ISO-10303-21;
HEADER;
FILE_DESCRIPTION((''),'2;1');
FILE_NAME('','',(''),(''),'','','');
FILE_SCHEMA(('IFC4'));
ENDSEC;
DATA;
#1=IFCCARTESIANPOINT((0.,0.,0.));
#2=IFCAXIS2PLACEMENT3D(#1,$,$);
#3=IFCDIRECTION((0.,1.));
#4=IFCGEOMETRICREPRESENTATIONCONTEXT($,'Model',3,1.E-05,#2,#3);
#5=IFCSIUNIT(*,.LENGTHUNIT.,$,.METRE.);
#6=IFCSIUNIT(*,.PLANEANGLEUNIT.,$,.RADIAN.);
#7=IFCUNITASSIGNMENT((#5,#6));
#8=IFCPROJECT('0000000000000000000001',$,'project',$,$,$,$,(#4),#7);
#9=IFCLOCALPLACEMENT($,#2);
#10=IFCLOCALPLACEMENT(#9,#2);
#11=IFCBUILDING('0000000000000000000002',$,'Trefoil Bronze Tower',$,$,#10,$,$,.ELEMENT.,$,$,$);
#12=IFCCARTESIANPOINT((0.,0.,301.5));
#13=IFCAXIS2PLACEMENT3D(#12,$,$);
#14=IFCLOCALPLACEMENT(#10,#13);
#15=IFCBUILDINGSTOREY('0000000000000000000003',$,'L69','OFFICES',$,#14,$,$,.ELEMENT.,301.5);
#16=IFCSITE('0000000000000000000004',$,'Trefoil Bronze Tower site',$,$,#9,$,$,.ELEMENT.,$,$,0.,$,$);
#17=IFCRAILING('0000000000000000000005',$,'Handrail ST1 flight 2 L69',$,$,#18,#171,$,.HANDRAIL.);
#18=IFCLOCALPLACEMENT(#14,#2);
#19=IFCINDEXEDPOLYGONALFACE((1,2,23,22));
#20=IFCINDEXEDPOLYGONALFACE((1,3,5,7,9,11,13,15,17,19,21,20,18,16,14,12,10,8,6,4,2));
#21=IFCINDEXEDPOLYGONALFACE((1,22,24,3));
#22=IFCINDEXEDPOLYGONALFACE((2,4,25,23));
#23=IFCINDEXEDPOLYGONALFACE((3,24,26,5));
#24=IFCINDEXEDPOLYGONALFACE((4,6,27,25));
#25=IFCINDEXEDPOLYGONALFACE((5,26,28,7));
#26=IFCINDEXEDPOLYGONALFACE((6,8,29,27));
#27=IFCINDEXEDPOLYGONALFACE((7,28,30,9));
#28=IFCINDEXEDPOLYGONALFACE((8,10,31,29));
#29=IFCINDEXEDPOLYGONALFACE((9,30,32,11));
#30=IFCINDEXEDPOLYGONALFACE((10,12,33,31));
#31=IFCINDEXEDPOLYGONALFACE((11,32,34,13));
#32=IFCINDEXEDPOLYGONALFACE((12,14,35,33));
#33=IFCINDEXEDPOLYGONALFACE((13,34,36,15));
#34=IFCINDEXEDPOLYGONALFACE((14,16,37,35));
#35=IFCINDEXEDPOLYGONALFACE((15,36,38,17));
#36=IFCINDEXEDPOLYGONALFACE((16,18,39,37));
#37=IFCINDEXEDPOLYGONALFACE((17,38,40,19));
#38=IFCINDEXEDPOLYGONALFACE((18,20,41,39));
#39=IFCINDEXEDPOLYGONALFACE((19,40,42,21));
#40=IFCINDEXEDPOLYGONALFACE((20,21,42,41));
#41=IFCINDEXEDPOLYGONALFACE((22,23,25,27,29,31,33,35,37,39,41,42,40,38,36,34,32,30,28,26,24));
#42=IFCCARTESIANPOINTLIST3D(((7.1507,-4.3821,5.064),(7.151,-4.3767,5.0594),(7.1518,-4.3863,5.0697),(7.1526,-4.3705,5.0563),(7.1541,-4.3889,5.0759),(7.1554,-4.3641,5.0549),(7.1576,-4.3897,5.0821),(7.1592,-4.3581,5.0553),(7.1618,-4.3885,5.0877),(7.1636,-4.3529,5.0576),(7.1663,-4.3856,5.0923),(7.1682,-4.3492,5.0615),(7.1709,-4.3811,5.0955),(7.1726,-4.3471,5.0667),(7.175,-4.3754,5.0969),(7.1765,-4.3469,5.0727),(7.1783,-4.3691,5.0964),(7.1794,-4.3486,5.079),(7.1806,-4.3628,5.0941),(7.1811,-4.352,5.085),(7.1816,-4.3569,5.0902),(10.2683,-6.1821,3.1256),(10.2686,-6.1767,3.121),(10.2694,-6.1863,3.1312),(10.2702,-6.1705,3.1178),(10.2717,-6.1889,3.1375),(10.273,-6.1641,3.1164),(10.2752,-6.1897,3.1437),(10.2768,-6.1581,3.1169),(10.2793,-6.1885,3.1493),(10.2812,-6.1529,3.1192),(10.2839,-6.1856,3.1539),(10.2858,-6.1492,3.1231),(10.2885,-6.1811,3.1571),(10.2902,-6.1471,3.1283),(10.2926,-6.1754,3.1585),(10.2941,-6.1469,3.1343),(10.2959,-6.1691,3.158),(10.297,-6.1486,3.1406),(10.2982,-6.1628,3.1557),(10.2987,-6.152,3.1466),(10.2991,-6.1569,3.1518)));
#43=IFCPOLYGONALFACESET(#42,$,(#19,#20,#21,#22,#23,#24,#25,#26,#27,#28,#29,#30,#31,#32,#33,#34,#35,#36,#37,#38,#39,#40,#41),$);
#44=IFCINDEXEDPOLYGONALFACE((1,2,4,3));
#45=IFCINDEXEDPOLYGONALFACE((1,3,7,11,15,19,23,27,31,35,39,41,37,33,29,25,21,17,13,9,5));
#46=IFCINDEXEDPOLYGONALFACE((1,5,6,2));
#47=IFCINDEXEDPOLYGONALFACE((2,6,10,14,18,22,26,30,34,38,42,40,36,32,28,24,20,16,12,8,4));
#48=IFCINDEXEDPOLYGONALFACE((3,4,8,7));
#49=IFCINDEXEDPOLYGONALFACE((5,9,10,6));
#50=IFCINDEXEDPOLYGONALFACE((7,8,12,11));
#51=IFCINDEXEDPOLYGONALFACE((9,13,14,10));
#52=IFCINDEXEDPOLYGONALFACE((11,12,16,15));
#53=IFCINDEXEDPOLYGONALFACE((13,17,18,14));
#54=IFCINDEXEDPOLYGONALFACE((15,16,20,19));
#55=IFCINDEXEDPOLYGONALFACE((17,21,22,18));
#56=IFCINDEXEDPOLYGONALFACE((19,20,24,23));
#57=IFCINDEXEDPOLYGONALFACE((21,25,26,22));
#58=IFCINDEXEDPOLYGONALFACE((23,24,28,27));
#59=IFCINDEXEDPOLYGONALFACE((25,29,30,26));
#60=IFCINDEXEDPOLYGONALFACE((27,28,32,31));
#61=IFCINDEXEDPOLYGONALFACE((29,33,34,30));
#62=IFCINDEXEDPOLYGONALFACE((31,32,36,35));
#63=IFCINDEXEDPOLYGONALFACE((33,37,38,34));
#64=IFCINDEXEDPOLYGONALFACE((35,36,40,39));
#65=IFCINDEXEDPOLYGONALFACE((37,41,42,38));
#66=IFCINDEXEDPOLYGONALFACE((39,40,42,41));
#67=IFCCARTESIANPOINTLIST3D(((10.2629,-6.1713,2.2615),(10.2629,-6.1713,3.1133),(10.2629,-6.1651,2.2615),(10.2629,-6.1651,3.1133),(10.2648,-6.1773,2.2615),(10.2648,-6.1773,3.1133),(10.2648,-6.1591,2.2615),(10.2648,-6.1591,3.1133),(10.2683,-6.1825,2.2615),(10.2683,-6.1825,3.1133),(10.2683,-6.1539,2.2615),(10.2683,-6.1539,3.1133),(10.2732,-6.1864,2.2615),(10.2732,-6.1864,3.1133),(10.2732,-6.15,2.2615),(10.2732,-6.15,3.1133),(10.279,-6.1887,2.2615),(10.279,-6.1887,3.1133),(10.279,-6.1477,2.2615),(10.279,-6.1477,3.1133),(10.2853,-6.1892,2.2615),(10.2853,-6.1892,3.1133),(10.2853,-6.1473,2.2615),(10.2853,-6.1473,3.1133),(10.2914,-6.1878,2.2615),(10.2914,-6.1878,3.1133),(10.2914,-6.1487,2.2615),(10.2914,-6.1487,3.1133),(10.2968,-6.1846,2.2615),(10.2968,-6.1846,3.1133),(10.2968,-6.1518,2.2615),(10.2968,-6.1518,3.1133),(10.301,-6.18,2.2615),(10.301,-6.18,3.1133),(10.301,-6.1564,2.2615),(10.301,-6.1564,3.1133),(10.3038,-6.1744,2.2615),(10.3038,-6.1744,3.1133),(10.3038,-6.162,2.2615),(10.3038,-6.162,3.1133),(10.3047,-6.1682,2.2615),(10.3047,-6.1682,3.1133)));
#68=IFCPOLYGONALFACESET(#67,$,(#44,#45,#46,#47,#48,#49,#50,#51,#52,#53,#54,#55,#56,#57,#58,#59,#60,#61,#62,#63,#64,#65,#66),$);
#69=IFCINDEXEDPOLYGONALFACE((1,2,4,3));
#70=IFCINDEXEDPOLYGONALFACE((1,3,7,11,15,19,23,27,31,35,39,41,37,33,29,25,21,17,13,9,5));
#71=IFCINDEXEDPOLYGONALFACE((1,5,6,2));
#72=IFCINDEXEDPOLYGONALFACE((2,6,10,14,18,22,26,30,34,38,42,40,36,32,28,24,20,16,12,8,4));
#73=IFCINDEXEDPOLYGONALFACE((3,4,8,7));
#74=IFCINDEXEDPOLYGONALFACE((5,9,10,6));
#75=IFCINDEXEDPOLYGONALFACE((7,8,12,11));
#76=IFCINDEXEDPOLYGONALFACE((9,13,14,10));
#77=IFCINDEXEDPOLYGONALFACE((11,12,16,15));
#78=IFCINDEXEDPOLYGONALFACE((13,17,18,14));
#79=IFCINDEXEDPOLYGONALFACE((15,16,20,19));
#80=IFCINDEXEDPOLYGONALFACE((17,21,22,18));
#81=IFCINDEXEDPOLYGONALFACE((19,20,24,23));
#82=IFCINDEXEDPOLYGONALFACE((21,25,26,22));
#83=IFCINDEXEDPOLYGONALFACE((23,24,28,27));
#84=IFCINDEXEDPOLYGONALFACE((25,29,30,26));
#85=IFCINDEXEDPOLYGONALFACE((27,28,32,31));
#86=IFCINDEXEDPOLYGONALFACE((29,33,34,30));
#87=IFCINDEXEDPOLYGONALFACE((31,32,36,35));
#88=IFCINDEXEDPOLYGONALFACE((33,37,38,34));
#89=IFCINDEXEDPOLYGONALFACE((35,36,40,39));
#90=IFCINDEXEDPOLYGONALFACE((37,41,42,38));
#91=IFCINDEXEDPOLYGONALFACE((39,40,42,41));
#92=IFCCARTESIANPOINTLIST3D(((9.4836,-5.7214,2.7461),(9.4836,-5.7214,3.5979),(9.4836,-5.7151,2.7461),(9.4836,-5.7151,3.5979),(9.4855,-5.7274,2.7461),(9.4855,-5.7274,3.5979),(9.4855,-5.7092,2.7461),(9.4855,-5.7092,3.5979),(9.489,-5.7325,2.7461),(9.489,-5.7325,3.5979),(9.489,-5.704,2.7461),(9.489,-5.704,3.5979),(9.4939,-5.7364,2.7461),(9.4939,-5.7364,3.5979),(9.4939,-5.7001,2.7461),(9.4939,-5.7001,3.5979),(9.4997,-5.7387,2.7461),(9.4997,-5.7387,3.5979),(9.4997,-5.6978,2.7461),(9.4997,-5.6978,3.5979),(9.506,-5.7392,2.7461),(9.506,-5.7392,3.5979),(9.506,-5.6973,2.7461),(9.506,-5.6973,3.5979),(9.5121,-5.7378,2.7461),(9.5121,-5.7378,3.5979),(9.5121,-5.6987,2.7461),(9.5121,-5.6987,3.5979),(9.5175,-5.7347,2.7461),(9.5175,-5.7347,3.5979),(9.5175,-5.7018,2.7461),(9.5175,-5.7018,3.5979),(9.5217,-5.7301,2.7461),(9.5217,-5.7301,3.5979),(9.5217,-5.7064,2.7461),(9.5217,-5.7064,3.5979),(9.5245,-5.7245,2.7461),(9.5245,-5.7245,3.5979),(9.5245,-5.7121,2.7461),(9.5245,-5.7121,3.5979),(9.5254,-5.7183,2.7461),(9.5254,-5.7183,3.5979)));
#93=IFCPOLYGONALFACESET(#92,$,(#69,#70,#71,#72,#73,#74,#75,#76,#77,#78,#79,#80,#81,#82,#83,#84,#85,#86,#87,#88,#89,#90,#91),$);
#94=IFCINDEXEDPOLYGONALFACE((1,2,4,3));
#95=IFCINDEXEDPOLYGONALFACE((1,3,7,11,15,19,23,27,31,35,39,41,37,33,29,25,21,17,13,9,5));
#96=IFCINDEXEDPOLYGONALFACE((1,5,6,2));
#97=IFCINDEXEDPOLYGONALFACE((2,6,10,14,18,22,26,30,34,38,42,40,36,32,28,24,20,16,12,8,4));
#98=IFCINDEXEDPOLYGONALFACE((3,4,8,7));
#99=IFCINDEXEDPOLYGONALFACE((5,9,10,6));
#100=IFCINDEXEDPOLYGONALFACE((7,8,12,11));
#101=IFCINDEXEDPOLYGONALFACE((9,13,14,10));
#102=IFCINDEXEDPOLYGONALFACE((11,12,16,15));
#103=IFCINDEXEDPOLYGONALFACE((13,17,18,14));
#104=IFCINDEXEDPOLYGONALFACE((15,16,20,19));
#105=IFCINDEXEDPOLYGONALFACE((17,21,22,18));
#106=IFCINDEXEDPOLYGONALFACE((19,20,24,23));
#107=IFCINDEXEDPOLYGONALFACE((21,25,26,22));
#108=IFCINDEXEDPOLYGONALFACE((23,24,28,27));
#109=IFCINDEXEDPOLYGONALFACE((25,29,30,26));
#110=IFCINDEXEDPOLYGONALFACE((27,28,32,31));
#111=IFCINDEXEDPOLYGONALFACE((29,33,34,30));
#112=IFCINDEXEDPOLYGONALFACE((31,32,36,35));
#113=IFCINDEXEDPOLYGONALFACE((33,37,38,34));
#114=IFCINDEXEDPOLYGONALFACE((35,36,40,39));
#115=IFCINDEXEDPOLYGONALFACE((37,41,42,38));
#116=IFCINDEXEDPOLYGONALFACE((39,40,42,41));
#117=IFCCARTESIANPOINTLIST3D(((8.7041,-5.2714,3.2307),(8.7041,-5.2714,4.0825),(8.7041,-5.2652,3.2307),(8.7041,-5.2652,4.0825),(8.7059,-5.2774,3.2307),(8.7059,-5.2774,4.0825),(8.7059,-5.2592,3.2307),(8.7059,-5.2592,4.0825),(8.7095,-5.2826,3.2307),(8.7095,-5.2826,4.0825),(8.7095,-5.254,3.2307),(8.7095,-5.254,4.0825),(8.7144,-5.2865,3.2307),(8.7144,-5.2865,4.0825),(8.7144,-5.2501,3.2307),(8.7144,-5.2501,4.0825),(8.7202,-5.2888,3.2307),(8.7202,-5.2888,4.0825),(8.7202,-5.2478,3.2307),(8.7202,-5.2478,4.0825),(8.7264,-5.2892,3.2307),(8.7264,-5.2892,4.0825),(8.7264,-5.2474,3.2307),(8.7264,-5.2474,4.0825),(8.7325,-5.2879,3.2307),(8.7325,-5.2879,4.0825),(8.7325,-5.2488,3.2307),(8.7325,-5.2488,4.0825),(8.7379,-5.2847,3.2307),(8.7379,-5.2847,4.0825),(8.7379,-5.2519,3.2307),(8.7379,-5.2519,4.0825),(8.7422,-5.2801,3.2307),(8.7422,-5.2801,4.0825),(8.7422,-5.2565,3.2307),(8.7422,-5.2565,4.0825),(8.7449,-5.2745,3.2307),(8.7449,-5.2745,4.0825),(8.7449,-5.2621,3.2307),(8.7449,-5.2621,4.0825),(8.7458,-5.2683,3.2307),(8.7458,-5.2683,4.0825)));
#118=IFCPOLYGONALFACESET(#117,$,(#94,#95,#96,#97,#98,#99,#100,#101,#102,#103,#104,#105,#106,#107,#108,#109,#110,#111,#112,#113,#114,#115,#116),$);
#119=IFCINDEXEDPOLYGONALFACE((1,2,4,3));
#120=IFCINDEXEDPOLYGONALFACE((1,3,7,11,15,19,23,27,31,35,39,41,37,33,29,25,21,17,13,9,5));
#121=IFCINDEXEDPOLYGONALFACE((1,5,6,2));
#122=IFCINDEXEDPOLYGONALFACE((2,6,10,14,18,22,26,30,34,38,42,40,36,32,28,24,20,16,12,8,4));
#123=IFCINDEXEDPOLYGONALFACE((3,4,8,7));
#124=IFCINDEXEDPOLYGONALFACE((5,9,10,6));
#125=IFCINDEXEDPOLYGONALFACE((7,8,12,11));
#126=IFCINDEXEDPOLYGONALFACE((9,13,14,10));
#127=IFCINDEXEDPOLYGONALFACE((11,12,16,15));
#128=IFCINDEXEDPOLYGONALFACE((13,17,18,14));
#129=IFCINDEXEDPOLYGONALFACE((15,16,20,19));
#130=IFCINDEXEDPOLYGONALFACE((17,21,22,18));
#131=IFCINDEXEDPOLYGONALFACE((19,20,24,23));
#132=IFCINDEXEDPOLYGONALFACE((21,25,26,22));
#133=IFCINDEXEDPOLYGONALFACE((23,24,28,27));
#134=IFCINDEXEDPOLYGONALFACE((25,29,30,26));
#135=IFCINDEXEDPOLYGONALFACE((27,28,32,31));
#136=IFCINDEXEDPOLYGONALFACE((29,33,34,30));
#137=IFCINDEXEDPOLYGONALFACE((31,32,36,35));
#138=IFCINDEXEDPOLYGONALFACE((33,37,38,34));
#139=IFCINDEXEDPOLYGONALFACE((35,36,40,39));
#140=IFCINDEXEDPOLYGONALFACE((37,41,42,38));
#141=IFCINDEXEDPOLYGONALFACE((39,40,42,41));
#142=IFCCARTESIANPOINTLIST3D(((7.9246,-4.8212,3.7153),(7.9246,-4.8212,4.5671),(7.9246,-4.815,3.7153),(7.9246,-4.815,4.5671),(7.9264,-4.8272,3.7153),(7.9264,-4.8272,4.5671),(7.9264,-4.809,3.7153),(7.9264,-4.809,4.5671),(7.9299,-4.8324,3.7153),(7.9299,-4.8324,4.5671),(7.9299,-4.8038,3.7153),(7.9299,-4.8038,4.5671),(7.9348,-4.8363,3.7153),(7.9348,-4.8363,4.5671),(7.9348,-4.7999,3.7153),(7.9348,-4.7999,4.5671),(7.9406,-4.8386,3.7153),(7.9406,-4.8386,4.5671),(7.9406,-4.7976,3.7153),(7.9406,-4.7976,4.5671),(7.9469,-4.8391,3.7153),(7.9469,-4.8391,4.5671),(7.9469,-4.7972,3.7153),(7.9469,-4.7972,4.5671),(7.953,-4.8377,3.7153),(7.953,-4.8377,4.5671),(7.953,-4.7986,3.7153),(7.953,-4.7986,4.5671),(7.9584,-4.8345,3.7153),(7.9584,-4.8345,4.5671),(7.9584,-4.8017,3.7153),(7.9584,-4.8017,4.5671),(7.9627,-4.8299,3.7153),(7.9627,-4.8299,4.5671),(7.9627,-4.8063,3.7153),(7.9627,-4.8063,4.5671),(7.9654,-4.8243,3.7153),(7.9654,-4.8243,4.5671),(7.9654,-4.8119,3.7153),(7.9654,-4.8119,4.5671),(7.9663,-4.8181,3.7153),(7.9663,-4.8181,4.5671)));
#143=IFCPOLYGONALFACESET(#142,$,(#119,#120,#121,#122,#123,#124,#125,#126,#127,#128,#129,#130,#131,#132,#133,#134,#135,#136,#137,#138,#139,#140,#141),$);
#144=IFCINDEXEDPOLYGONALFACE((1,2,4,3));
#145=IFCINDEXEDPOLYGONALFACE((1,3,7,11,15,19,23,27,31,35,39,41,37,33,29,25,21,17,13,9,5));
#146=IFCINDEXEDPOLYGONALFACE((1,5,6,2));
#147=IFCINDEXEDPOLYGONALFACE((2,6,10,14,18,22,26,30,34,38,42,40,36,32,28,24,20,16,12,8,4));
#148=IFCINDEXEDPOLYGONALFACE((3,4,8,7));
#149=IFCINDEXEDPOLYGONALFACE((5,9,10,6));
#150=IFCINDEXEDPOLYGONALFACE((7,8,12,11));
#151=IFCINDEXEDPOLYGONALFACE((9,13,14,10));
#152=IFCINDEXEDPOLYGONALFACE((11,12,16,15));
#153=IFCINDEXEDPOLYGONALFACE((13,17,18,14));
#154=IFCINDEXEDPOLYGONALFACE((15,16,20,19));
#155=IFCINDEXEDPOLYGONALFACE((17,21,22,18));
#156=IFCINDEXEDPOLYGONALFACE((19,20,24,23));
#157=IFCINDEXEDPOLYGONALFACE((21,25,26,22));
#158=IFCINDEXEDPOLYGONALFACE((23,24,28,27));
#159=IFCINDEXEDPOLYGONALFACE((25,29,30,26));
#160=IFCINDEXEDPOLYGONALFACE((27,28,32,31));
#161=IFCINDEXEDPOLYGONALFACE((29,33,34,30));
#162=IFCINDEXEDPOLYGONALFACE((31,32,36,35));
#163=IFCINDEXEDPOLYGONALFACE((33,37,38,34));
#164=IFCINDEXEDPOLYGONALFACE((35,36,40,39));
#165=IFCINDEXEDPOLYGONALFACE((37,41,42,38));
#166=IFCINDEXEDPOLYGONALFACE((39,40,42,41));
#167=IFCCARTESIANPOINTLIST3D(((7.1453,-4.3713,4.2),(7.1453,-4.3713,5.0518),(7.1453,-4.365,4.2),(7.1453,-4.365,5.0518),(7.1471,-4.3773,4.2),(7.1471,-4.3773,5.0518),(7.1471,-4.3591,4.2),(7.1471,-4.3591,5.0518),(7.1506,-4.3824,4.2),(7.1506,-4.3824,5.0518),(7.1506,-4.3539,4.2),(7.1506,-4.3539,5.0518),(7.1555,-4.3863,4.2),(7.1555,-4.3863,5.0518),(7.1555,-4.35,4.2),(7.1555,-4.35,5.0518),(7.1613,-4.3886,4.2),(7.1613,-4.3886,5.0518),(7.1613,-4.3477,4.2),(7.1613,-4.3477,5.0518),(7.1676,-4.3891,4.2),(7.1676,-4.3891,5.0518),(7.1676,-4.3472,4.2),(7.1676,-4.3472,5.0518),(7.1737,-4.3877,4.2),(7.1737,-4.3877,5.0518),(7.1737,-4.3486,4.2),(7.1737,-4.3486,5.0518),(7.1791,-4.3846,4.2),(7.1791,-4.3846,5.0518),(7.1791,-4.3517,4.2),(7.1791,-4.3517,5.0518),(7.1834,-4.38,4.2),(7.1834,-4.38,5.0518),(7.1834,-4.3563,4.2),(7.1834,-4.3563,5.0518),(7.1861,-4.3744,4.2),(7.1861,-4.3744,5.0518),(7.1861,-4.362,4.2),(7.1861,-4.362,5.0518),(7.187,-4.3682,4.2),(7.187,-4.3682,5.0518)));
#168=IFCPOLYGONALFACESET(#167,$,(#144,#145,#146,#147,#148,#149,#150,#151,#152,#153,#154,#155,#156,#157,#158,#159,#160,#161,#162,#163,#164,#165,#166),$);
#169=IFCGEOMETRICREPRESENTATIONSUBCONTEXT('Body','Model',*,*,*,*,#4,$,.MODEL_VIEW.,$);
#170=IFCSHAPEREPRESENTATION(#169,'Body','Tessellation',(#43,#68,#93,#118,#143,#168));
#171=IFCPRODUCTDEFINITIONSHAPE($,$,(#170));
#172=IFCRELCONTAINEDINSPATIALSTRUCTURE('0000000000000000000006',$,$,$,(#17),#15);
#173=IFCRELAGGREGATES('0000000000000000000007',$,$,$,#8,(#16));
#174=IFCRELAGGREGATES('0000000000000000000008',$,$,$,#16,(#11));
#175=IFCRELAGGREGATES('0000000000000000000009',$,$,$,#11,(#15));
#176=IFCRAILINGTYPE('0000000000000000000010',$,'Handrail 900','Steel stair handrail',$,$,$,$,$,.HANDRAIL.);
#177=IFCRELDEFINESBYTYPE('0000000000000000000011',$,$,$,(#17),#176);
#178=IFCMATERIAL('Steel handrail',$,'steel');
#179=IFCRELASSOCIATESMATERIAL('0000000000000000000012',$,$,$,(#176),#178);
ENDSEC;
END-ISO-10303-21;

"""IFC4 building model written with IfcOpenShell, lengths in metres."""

from ifc_helpers import new_model, si_unit, direction, frame, origin, origin_2d, place, context, subcontext, project, spatial, circle, extrude, material, type_object, element, save


model = new_model("IFC4")

# Units and contexts
model_context = context("Model", 3, precision=1e-05, world=origin(), true_north=direction((0.0, 1.0)))
body_context = subcontext(model_context, "Body", "Model", "MODEL_VIEW")
ifc_project = project(units=[si_unit("LENGTHUNIT", "METRE"), si_unit("PLANEANGLEUNIT", "RADIAN")], contexts=[model_context])

# Site, building, storey
site_placement = place(None, origin())
site = spatial("IfcSite", under=ifc_project, at=site_placement, Name="Trefoil Bronze Tower site", CompositionType="ELEMENT", RefElevation=0.0)
building_placement = place(site_placement, origin())
building = spatial("IfcBuilding", under=site, at=building_placement, Name="Trefoil Bronze Tower", CompositionType="ELEMENT")
storey_placement = place(building_placement, frame((0.0, 0.0, 301.5)))
storey = spatial("IfcBuildingStorey", under=building, at=storey_placement, Name="L69", Description="OFFICES", CompositionType="ELEMENT", Elevation=301.5)

# Railing
ifc_material_1 = material(Name="Steel handrail", Category="steel")
railing_type = type_object("IfcRailingType", Name="Handrail 900", Description="Steel stair handrail", PredefinedType="HANDRAIL", material=ifc_material_1)
railing_1_placement = place(storey_placement, frame((10.2837, -6.1682, 2.2615)))
element("IfcRailing", 1, at=railing_1_placement, inside=storey, type_object=railing_type, Name="Handrail ST1 flight 2 L69", PredefinedType="HANDRAIL", context=body_context, shape_type="SweptSolid", body=[
    extrude(circle(Radius=0.0239, at=origin_2d()), frame((0.0, 0.0, 0.876), z_axis=(-0.762503, 0.440246, 0.474102), x_axis=(-0.500012, -0.866018, 0.0)), (0.0, 0.0, 1.0), 4.0886),
    extrude(circle(Radius=0.021, at=origin_2d()), origin(), (0.0, 0.0, 1.0), 0.8518),
    extrude(circle(Radius=0.021, at=origin_2d()), frame((-0.7793, 0.45, 0.4846)), (0.0, 0.0, 1.0), 0.8518),
    extrude(circle(Radius=0.021, at=origin_2d()), frame((-1.5588, 0.8999, 0.9692)), (0.0, 0.0, 1.0), 0.8518),
    extrude(circle(Radius=0.021, at=origin_2d()), frame((-2.3384, 1.3501, 1.4539)), (0.0, 0.0, 1.0), 0.8518),
    extrude(circle(Radius=0.021, at=origin_2d()), frame((-3.1177, 1.8, 1.9385)), (0.0, 0.0, 1.0), 0.8518),
])

save(model, "model.ifc")
